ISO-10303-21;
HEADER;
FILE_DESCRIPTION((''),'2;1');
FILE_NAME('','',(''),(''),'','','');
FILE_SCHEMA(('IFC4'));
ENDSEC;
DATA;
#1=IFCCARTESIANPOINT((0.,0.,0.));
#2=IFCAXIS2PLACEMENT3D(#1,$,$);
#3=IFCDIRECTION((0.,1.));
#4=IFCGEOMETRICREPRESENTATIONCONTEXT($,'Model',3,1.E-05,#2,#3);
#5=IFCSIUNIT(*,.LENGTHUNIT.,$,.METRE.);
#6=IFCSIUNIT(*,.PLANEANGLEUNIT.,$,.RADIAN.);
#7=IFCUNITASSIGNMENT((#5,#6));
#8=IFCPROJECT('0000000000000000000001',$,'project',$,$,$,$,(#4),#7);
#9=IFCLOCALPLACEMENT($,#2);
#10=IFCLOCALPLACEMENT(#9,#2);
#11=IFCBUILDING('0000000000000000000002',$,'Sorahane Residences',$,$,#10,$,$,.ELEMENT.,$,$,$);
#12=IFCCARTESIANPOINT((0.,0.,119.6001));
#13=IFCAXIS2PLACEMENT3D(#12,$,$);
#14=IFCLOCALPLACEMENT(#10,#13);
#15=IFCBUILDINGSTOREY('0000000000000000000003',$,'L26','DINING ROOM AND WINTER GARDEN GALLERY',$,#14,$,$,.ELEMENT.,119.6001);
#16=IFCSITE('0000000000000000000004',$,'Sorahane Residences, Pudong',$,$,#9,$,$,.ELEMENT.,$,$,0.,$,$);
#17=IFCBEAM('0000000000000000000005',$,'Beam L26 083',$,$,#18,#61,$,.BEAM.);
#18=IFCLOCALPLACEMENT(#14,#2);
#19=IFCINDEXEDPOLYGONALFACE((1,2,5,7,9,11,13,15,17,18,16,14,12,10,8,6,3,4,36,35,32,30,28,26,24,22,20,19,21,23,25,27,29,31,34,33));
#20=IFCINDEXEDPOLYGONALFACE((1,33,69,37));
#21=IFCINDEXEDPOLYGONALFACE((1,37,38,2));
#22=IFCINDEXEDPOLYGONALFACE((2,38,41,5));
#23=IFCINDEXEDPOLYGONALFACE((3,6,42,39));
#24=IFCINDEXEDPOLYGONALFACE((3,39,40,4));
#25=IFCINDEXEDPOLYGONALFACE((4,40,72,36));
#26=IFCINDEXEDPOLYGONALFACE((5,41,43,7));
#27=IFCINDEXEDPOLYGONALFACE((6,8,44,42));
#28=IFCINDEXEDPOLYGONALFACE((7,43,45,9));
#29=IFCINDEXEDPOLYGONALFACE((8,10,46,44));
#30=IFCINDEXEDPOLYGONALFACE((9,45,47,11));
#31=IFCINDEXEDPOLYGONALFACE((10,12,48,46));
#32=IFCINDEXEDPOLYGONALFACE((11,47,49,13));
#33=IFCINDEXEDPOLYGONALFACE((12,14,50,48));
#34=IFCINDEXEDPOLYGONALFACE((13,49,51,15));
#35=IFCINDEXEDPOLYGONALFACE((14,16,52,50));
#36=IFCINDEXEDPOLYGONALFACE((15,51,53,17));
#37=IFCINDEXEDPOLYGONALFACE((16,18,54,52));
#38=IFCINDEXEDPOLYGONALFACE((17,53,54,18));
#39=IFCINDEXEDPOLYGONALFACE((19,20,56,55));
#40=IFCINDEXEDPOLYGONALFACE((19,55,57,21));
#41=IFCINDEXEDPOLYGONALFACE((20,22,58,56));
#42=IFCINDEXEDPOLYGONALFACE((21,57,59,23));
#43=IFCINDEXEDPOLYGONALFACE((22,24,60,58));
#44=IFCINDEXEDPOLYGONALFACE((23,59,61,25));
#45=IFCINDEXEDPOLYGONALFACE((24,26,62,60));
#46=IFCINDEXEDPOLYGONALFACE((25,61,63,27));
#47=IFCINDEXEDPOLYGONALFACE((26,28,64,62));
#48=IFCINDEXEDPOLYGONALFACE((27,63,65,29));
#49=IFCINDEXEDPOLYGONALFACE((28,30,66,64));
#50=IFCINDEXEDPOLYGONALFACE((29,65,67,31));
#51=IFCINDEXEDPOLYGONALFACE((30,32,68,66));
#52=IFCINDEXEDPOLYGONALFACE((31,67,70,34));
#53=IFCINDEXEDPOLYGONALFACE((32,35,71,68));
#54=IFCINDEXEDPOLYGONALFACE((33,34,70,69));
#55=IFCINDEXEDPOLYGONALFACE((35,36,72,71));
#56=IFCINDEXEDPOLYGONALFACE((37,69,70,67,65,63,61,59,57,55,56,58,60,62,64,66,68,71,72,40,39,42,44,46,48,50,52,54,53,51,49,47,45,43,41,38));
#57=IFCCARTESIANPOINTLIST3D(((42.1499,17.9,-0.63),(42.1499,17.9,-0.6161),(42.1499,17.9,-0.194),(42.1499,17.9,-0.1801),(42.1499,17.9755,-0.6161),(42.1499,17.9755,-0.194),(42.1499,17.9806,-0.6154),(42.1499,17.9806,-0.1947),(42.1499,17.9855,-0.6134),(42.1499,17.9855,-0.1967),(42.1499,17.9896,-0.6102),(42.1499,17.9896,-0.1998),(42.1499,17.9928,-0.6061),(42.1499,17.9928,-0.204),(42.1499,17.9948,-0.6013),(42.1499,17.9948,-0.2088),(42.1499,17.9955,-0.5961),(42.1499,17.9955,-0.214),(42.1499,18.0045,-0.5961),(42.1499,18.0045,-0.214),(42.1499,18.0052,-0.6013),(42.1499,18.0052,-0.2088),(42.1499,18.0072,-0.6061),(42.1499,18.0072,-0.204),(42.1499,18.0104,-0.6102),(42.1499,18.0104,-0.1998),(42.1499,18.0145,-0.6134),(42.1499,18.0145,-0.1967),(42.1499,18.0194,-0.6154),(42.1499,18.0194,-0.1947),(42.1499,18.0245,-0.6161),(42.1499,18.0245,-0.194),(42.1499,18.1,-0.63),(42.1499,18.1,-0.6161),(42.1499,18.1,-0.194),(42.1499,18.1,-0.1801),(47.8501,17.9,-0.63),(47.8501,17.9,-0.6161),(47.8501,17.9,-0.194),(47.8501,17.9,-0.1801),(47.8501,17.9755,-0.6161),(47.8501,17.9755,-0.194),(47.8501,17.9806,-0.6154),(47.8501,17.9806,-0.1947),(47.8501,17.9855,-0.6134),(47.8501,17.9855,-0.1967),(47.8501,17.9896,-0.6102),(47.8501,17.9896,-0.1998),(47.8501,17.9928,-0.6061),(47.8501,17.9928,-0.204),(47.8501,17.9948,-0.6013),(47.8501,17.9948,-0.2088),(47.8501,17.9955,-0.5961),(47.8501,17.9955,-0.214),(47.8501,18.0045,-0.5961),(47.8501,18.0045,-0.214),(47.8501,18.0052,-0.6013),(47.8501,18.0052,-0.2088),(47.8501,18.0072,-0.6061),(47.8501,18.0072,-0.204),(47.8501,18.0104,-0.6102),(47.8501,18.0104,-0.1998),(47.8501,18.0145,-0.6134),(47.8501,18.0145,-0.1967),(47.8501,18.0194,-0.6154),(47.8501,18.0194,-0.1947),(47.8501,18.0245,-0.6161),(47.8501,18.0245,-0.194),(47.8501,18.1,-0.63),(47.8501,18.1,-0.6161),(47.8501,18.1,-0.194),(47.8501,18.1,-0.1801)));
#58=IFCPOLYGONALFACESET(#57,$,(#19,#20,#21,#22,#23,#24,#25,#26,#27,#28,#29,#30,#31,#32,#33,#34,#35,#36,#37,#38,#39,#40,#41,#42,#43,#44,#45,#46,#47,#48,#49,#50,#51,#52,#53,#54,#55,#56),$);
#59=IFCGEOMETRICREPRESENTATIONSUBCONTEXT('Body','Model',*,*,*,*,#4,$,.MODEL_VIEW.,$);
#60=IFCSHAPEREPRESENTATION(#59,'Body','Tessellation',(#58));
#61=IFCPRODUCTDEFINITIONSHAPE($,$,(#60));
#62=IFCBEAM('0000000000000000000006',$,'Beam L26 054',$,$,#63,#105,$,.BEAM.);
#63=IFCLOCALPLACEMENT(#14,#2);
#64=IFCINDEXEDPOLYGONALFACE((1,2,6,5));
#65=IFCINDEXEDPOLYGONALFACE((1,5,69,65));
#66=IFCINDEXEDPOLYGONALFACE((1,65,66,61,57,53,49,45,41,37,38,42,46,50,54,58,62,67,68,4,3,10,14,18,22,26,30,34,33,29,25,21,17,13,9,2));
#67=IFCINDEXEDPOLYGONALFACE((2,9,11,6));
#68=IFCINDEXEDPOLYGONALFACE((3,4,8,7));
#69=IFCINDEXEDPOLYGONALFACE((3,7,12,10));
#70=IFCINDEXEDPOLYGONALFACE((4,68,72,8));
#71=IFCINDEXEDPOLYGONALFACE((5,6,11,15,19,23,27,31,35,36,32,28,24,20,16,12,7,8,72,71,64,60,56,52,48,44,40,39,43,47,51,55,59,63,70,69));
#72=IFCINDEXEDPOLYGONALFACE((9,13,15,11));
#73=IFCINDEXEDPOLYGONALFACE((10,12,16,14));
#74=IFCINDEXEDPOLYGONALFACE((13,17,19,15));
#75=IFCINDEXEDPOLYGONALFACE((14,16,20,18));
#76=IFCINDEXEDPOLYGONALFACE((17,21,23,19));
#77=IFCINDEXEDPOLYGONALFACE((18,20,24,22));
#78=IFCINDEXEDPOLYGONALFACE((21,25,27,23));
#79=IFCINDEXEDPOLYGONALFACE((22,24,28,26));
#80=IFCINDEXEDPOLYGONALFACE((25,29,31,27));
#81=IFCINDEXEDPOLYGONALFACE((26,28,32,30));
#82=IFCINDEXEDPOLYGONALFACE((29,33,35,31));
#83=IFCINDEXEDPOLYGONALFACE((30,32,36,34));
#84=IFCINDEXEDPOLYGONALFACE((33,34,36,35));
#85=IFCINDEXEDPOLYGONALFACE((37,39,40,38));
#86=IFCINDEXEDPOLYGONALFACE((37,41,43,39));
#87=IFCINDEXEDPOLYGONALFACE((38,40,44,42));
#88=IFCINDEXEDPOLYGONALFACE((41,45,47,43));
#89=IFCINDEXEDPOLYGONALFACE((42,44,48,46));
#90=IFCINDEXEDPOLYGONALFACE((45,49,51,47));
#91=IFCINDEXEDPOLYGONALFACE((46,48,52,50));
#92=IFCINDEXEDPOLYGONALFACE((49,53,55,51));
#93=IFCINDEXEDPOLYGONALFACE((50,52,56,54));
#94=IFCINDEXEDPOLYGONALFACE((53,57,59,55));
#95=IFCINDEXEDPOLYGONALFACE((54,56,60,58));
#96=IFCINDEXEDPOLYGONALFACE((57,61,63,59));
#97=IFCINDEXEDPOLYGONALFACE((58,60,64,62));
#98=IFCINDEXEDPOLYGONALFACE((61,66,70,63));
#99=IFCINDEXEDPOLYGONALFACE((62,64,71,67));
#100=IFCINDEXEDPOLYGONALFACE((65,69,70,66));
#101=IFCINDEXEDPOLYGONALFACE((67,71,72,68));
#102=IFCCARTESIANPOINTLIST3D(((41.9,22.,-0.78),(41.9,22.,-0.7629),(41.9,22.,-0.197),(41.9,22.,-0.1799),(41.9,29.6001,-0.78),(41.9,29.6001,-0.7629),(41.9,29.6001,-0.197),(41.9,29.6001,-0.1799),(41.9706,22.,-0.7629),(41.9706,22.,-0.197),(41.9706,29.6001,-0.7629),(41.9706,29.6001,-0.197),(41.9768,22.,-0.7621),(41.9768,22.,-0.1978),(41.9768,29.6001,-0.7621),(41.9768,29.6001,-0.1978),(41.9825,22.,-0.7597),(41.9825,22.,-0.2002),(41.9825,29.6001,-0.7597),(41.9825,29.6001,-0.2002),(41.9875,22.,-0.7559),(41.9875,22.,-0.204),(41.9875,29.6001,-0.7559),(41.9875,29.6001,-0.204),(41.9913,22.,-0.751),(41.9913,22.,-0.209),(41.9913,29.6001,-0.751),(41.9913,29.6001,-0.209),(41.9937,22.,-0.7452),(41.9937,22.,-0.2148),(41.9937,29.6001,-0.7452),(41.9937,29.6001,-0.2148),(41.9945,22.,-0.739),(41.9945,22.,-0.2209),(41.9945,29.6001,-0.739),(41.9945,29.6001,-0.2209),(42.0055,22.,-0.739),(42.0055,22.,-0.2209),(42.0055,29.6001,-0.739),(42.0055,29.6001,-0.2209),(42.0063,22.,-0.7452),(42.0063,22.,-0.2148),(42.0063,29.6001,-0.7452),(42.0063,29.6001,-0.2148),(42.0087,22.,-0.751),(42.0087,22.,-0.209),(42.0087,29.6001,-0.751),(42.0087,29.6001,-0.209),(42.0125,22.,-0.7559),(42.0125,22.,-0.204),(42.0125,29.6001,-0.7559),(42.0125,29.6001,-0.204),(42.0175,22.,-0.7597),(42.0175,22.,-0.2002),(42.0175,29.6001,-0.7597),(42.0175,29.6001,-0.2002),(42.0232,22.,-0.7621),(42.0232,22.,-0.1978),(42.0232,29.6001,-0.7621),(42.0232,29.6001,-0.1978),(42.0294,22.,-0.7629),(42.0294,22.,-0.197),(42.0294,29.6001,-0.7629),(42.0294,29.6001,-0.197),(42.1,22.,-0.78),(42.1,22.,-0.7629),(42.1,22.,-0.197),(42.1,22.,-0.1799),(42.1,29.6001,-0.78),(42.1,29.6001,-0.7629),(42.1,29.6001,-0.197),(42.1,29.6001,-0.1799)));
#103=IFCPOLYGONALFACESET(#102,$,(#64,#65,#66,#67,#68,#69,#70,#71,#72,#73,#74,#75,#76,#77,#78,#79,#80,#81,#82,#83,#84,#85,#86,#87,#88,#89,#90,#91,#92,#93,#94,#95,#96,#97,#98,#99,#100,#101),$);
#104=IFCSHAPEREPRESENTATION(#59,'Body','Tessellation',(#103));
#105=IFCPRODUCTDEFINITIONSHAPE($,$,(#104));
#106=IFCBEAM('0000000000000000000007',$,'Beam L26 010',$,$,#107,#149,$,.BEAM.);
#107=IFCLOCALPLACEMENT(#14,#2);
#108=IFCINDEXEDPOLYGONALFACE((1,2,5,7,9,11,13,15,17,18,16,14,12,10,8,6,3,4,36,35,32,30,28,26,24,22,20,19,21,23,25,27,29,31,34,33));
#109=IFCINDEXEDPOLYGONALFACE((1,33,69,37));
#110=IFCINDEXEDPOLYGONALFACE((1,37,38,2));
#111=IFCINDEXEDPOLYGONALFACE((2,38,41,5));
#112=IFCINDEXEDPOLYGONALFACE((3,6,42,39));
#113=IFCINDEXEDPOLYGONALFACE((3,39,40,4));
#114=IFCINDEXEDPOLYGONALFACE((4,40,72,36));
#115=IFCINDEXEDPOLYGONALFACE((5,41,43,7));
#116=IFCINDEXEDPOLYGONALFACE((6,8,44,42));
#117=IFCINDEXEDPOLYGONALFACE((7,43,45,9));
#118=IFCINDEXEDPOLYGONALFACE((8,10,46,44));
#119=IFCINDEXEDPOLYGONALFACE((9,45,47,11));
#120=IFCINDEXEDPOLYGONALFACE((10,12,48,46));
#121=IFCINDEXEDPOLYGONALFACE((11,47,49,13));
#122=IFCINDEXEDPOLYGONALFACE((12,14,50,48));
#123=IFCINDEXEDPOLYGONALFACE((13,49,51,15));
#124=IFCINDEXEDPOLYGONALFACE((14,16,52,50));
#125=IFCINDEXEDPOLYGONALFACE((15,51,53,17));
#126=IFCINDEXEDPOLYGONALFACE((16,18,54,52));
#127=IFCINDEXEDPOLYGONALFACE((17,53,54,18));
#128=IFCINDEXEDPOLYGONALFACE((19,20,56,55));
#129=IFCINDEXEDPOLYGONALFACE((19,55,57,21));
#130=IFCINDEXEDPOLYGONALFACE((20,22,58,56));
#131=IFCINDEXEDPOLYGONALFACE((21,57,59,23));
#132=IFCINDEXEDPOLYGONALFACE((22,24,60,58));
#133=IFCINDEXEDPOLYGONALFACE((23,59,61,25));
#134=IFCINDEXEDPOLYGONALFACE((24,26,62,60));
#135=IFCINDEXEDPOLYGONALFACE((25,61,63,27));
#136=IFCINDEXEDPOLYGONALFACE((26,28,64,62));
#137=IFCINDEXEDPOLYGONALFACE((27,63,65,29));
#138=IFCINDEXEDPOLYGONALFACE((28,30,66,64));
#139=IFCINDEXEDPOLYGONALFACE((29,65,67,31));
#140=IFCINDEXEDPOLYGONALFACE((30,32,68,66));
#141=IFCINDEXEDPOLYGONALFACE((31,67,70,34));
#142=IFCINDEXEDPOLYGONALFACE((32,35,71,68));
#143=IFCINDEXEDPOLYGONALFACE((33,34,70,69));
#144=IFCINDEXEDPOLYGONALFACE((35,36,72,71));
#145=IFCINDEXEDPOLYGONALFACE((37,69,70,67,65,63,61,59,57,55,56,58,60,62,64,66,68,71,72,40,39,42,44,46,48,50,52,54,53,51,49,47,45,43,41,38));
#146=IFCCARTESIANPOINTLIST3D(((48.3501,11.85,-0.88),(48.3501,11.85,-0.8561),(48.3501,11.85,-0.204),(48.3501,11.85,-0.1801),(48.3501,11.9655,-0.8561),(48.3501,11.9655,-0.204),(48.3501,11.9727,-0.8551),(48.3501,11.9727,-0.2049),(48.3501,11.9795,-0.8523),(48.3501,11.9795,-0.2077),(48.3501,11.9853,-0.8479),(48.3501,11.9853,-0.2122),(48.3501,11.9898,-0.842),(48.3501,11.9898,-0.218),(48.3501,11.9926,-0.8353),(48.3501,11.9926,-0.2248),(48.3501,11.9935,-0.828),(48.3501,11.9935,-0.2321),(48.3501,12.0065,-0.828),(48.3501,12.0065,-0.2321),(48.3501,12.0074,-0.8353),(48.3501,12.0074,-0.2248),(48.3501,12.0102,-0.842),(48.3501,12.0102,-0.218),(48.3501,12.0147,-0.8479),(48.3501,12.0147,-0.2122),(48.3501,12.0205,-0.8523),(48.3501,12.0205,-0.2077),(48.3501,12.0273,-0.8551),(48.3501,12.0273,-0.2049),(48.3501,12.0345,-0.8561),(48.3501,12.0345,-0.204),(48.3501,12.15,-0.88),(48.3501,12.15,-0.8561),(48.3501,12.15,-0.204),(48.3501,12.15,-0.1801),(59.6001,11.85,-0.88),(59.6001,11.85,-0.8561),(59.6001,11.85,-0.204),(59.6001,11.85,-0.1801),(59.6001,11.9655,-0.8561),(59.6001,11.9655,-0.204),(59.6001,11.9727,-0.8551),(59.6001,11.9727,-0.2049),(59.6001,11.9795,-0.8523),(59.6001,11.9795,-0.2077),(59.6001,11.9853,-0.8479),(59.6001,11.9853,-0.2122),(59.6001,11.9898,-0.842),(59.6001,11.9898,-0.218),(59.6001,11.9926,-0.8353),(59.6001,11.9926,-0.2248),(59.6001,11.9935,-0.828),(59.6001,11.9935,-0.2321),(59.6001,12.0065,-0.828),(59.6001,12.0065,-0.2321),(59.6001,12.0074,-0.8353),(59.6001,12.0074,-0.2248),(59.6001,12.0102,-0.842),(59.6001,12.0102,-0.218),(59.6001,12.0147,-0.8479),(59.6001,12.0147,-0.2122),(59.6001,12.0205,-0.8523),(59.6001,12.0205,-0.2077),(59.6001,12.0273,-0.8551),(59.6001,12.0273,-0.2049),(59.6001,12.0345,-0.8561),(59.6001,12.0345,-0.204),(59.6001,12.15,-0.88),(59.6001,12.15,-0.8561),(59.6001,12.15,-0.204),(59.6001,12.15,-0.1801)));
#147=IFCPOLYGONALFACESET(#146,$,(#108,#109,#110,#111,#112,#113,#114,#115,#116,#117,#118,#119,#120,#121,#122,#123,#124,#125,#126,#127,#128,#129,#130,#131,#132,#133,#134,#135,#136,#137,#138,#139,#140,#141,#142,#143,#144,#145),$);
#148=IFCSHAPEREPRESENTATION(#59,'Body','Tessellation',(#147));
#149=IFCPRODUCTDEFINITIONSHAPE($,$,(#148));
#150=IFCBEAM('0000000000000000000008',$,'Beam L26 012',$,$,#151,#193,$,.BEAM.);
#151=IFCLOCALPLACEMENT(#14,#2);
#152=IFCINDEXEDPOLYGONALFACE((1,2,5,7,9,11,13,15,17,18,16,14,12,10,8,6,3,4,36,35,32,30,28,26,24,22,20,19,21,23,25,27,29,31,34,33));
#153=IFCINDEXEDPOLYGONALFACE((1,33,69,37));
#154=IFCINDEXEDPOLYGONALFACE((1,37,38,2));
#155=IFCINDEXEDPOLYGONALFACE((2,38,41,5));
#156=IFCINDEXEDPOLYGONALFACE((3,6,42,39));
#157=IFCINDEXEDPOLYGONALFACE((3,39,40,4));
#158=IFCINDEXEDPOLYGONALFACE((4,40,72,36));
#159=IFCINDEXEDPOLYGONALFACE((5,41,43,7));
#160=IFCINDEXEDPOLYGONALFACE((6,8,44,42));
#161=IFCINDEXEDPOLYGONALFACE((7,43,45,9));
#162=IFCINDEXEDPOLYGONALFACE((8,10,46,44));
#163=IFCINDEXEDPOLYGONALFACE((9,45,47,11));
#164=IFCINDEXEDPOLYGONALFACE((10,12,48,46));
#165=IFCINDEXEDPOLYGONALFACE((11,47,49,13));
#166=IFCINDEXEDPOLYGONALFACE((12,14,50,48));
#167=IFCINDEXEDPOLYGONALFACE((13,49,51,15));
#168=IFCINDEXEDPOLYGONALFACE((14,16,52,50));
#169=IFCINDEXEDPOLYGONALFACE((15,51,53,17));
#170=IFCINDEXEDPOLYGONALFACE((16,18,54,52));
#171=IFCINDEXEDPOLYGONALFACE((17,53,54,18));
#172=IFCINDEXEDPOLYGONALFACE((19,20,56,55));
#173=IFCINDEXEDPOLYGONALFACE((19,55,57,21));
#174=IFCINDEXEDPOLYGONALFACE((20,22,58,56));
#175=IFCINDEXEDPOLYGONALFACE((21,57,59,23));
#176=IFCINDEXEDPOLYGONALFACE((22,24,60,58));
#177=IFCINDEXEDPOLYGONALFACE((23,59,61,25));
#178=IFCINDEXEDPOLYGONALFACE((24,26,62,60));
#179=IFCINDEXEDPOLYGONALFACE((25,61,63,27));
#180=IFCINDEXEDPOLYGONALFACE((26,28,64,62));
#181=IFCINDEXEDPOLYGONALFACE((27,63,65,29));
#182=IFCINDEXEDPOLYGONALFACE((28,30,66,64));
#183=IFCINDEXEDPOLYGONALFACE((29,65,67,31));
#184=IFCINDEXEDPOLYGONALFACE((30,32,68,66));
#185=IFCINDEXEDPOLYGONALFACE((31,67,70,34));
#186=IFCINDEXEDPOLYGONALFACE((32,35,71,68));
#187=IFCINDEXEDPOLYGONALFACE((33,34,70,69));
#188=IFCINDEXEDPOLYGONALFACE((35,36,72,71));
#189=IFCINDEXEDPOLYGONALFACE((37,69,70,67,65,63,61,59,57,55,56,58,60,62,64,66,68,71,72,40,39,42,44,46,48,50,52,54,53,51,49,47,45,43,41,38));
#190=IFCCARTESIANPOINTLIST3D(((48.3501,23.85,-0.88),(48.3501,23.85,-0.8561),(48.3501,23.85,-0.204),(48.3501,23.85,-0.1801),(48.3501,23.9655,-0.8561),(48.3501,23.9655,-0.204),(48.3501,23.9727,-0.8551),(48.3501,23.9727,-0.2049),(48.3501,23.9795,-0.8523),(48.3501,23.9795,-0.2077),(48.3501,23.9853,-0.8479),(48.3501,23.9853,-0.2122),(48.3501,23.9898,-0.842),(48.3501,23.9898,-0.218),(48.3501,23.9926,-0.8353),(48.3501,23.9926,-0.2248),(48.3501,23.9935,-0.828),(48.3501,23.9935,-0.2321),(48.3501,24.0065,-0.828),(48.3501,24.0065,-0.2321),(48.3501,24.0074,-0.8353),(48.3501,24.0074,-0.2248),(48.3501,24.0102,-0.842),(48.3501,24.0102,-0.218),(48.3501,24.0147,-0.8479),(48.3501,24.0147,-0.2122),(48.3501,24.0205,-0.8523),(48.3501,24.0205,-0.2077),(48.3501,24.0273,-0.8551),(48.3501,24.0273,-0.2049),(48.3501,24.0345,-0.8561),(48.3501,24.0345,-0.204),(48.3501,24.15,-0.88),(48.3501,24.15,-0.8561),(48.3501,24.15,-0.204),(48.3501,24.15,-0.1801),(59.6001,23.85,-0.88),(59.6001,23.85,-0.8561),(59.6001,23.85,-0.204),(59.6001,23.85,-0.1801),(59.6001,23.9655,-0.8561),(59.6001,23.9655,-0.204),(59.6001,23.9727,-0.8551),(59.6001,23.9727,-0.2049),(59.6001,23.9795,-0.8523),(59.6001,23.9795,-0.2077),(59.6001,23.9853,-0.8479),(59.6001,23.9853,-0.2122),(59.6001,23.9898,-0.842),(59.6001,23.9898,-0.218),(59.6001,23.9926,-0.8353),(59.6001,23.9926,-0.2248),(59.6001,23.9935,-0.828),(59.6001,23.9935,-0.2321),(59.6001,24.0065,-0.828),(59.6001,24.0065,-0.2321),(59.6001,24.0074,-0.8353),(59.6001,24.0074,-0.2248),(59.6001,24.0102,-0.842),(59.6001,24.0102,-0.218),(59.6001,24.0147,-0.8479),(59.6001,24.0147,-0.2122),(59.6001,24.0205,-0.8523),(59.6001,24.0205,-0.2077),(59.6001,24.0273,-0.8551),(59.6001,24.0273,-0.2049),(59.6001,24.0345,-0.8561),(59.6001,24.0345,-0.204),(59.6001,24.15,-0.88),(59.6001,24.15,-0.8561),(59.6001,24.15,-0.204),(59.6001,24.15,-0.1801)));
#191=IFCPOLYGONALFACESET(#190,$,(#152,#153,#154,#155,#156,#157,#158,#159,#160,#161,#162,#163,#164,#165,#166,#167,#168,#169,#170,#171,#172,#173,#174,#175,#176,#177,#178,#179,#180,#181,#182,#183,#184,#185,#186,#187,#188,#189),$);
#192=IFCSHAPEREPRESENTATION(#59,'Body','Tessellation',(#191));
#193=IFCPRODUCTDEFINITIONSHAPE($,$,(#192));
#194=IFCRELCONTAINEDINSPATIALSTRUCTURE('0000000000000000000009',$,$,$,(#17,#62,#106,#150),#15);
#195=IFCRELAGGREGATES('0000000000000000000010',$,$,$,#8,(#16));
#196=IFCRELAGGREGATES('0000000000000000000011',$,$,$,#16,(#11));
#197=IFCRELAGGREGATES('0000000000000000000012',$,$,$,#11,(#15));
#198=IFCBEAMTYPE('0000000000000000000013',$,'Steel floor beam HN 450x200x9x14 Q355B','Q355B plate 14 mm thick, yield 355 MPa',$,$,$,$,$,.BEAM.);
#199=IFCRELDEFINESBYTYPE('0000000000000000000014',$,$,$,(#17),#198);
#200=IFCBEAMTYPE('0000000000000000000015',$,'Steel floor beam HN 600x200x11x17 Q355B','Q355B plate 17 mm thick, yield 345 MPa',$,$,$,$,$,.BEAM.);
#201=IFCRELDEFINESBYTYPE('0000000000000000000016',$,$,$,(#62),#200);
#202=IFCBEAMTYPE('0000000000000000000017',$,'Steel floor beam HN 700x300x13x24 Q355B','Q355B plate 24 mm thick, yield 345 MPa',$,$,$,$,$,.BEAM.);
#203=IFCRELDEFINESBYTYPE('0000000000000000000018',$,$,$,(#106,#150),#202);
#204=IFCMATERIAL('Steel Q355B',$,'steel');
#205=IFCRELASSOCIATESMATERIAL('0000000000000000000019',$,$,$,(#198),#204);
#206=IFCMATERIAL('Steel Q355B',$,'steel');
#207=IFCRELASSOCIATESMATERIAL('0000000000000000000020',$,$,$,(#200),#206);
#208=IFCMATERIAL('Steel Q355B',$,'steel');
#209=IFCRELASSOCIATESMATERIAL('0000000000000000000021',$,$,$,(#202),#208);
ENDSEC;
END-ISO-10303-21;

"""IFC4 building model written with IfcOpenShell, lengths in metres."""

from ifc_helpers import new_model, si_unit, direction, frame, origin, origin_2d, place, context, subcontext, project, spatial, i_section, extrude, material, material_profile, profile_set, type_object, element, save


model = new_model("IFC4")

# Units and contexts
model_context = context("Model", 3, precision=1e-05, world=origin(), true_north=direction((0.0, 1.0)))
body_context = subcontext(model_context, "Body", "Model", "MODEL_VIEW")
ifc_project = project(units=[si_unit("LENGTHUNIT", "METRE"), si_unit("PLANEANGLEUNIT", "RADIAN")], contexts=[model_context])

# Site, building, storey
site_placement = place(None, origin())
site = spatial("IfcSite", under=ifc_project, at=site_placement, Name="Sorahane Residences, Pudong", CompositionType="ELEMENT", RefElevation=0.0)
building_placement = place(site_placement, origin())
building = spatial("IfcBuilding", under=site, at=building_placement, Name="Sorahane Residences", CompositionType="ELEMENT")
storey_placement = place(building_placement, frame((0.0, 0.0, 119.6001)))
storey = spatial("IfcBuildingStorey", under=building, at=storey_placement, Name="L26", Description="DINING ROOM AND WINTER GARDEN GALLERY", CompositionType="ELEMENT", Elevation=119.6001)

# Beams
ifc_material_1 = material(Name="Steel Q355B", Category="steel")
ifc_material_profile_1 = material_profile(ifc_material_1, i_section(OverallWidth=0.2, OverallDepth=0.45, WebThickness=0.009, FlangeThickness=0.0139, FilletRadius=0.02, at=origin_2d()), Name="HN 450x200x9x14")
ifc_profile_set_1 = profile_set([ifc_material_profile_1], Name="Steel Q355B")
beam_type_1 = type_object("IfcBeamType", Name="Steel floor beam HN 450x200x9x14 Q355B", Description="Q355B plate 14 mm thick, yield 355 MPa", PredefinedType="BEAM", material=ifc_profile_set_1)
beam_1_placement = place(storey_placement, frame((42.1499, 18.0, -0.405), z_axis=(1.0, 0.0, 0.0), x_axis=(0.0, 1.0, 0.0)))
element("IfcBeam", 1, at=beam_1_placement, inside=storey, type_object=beam_type_1, Name="Beam L26 083", PredefinedType="BEAM", context=body_context, shape_type="SweptSolid", body=[
    extrude(i_section(OverallWidth=0.2, OverallDepth=0.45, WebThickness=0.009, FlangeThickness=0.0139, FilletRadius=0.02, at=origin_2d()), origin(), (0.0, 0.0, 1.0), 5.7002),
])
ifc_material_2 = material(Name="Steel Q355B", Category="steel")
ifc_material_profile_2 = material_profile(ifc_material_2, i_section(OverallWidth=0.2, OverallDepth=0.6001, WebThickness=0.011, FlangeThickness=0.0171, FilletRadius=0.0239, at=origin_2d()), Name="HN 600x200x11x17")
ifc_profile_set_2 = profile_set([ifc_material_profile_2], Name="Steel Q355B")
beam_type_2 = type_object("IfcBeamType", Name="Steel floor beam HN 600x200x11x17 Q355B", Description="Q355B plate 17 mm thick, yield 345 MPa", PredefinedType="BEAM", material=ifc_profile_set_2)
beam_2_placement = place(storey_placement, frame((42.0, 22.0, -0.48), z_axis=(0.0, 1.0, 0.0), x_axis=(-1.0, 0.0, 0.0)))
element("IfcBeam", 2, at=beam_2_placement, inside=storey, type_object=beam_type_2, Name="Beam L26 054", PredefinedType="BEAM", context=body_context, shape_type="SweptSolid", body=[
    extrude(i_section(OverallWidth=0.2, OverallDepth=0.6001, WebThickness=0.011, FlangeThickness=0.0171, FilletRadius=0.0239, at=origin_2d()), origin(), (0.0, 0.0, 1.0), 7.6001),
])
ifc_material_3 = material(Name="Steel Q355B", Category="steel")
ifc_material_profile_3 = material_profile(ifc_material_3, i_section(OverallWidth=0.3, OverallDepth=0.7, WebThickness=0.0129, FlangeThickness=0.0239, FilletRadius=0.0281, at=origin_2d()), Name="HN 700x300x13x24")
ifc_profile_set_3 = profile_set([ifc_material_profile_3], Name="Steel Q355B")
beam_type_3 = type_object("IfcBeamType", Name="Steel floor beam HN 700x300x13x24 Q355B", Description="Q355B plate 24 mm thick, yield 345 MPa", PredefinedType="BEAM", material=ifc_profile_set_3)
for number, where, z_axis, x_axis, name in (
    (3, (48.3501, 12.0, -0.53), (1.0, 0.0, 0.0), (0.0, 1.0, 0.0), "Beam L26 010"),
    (4, (48.3501, 24.0, -0.53), (1.0, 0.0, 0.0), (0.0, 1.0, 0.0), "Beam L26 012"),
):
    element("IfcBeam", number, at=place(storey_placement, frame(where, z_axis=z_axis, x_axis=x_axis)), inside=storey, type_object=beam_type_3, Name=name, PredefinedType="BEAM", context=body_context, shape_type="SweptSolid", body=[
        extrude(i_section(OverallWidth=0.3, OverallDepth=0.7, WebThickness=0.0129, FlangeThickness=0.0239, FilletRadius=0.0281, at=origin_2d()), origin(), (0.0, 0.0, 1.0), 11.25),
    ])

save(model, "model.ifc")
